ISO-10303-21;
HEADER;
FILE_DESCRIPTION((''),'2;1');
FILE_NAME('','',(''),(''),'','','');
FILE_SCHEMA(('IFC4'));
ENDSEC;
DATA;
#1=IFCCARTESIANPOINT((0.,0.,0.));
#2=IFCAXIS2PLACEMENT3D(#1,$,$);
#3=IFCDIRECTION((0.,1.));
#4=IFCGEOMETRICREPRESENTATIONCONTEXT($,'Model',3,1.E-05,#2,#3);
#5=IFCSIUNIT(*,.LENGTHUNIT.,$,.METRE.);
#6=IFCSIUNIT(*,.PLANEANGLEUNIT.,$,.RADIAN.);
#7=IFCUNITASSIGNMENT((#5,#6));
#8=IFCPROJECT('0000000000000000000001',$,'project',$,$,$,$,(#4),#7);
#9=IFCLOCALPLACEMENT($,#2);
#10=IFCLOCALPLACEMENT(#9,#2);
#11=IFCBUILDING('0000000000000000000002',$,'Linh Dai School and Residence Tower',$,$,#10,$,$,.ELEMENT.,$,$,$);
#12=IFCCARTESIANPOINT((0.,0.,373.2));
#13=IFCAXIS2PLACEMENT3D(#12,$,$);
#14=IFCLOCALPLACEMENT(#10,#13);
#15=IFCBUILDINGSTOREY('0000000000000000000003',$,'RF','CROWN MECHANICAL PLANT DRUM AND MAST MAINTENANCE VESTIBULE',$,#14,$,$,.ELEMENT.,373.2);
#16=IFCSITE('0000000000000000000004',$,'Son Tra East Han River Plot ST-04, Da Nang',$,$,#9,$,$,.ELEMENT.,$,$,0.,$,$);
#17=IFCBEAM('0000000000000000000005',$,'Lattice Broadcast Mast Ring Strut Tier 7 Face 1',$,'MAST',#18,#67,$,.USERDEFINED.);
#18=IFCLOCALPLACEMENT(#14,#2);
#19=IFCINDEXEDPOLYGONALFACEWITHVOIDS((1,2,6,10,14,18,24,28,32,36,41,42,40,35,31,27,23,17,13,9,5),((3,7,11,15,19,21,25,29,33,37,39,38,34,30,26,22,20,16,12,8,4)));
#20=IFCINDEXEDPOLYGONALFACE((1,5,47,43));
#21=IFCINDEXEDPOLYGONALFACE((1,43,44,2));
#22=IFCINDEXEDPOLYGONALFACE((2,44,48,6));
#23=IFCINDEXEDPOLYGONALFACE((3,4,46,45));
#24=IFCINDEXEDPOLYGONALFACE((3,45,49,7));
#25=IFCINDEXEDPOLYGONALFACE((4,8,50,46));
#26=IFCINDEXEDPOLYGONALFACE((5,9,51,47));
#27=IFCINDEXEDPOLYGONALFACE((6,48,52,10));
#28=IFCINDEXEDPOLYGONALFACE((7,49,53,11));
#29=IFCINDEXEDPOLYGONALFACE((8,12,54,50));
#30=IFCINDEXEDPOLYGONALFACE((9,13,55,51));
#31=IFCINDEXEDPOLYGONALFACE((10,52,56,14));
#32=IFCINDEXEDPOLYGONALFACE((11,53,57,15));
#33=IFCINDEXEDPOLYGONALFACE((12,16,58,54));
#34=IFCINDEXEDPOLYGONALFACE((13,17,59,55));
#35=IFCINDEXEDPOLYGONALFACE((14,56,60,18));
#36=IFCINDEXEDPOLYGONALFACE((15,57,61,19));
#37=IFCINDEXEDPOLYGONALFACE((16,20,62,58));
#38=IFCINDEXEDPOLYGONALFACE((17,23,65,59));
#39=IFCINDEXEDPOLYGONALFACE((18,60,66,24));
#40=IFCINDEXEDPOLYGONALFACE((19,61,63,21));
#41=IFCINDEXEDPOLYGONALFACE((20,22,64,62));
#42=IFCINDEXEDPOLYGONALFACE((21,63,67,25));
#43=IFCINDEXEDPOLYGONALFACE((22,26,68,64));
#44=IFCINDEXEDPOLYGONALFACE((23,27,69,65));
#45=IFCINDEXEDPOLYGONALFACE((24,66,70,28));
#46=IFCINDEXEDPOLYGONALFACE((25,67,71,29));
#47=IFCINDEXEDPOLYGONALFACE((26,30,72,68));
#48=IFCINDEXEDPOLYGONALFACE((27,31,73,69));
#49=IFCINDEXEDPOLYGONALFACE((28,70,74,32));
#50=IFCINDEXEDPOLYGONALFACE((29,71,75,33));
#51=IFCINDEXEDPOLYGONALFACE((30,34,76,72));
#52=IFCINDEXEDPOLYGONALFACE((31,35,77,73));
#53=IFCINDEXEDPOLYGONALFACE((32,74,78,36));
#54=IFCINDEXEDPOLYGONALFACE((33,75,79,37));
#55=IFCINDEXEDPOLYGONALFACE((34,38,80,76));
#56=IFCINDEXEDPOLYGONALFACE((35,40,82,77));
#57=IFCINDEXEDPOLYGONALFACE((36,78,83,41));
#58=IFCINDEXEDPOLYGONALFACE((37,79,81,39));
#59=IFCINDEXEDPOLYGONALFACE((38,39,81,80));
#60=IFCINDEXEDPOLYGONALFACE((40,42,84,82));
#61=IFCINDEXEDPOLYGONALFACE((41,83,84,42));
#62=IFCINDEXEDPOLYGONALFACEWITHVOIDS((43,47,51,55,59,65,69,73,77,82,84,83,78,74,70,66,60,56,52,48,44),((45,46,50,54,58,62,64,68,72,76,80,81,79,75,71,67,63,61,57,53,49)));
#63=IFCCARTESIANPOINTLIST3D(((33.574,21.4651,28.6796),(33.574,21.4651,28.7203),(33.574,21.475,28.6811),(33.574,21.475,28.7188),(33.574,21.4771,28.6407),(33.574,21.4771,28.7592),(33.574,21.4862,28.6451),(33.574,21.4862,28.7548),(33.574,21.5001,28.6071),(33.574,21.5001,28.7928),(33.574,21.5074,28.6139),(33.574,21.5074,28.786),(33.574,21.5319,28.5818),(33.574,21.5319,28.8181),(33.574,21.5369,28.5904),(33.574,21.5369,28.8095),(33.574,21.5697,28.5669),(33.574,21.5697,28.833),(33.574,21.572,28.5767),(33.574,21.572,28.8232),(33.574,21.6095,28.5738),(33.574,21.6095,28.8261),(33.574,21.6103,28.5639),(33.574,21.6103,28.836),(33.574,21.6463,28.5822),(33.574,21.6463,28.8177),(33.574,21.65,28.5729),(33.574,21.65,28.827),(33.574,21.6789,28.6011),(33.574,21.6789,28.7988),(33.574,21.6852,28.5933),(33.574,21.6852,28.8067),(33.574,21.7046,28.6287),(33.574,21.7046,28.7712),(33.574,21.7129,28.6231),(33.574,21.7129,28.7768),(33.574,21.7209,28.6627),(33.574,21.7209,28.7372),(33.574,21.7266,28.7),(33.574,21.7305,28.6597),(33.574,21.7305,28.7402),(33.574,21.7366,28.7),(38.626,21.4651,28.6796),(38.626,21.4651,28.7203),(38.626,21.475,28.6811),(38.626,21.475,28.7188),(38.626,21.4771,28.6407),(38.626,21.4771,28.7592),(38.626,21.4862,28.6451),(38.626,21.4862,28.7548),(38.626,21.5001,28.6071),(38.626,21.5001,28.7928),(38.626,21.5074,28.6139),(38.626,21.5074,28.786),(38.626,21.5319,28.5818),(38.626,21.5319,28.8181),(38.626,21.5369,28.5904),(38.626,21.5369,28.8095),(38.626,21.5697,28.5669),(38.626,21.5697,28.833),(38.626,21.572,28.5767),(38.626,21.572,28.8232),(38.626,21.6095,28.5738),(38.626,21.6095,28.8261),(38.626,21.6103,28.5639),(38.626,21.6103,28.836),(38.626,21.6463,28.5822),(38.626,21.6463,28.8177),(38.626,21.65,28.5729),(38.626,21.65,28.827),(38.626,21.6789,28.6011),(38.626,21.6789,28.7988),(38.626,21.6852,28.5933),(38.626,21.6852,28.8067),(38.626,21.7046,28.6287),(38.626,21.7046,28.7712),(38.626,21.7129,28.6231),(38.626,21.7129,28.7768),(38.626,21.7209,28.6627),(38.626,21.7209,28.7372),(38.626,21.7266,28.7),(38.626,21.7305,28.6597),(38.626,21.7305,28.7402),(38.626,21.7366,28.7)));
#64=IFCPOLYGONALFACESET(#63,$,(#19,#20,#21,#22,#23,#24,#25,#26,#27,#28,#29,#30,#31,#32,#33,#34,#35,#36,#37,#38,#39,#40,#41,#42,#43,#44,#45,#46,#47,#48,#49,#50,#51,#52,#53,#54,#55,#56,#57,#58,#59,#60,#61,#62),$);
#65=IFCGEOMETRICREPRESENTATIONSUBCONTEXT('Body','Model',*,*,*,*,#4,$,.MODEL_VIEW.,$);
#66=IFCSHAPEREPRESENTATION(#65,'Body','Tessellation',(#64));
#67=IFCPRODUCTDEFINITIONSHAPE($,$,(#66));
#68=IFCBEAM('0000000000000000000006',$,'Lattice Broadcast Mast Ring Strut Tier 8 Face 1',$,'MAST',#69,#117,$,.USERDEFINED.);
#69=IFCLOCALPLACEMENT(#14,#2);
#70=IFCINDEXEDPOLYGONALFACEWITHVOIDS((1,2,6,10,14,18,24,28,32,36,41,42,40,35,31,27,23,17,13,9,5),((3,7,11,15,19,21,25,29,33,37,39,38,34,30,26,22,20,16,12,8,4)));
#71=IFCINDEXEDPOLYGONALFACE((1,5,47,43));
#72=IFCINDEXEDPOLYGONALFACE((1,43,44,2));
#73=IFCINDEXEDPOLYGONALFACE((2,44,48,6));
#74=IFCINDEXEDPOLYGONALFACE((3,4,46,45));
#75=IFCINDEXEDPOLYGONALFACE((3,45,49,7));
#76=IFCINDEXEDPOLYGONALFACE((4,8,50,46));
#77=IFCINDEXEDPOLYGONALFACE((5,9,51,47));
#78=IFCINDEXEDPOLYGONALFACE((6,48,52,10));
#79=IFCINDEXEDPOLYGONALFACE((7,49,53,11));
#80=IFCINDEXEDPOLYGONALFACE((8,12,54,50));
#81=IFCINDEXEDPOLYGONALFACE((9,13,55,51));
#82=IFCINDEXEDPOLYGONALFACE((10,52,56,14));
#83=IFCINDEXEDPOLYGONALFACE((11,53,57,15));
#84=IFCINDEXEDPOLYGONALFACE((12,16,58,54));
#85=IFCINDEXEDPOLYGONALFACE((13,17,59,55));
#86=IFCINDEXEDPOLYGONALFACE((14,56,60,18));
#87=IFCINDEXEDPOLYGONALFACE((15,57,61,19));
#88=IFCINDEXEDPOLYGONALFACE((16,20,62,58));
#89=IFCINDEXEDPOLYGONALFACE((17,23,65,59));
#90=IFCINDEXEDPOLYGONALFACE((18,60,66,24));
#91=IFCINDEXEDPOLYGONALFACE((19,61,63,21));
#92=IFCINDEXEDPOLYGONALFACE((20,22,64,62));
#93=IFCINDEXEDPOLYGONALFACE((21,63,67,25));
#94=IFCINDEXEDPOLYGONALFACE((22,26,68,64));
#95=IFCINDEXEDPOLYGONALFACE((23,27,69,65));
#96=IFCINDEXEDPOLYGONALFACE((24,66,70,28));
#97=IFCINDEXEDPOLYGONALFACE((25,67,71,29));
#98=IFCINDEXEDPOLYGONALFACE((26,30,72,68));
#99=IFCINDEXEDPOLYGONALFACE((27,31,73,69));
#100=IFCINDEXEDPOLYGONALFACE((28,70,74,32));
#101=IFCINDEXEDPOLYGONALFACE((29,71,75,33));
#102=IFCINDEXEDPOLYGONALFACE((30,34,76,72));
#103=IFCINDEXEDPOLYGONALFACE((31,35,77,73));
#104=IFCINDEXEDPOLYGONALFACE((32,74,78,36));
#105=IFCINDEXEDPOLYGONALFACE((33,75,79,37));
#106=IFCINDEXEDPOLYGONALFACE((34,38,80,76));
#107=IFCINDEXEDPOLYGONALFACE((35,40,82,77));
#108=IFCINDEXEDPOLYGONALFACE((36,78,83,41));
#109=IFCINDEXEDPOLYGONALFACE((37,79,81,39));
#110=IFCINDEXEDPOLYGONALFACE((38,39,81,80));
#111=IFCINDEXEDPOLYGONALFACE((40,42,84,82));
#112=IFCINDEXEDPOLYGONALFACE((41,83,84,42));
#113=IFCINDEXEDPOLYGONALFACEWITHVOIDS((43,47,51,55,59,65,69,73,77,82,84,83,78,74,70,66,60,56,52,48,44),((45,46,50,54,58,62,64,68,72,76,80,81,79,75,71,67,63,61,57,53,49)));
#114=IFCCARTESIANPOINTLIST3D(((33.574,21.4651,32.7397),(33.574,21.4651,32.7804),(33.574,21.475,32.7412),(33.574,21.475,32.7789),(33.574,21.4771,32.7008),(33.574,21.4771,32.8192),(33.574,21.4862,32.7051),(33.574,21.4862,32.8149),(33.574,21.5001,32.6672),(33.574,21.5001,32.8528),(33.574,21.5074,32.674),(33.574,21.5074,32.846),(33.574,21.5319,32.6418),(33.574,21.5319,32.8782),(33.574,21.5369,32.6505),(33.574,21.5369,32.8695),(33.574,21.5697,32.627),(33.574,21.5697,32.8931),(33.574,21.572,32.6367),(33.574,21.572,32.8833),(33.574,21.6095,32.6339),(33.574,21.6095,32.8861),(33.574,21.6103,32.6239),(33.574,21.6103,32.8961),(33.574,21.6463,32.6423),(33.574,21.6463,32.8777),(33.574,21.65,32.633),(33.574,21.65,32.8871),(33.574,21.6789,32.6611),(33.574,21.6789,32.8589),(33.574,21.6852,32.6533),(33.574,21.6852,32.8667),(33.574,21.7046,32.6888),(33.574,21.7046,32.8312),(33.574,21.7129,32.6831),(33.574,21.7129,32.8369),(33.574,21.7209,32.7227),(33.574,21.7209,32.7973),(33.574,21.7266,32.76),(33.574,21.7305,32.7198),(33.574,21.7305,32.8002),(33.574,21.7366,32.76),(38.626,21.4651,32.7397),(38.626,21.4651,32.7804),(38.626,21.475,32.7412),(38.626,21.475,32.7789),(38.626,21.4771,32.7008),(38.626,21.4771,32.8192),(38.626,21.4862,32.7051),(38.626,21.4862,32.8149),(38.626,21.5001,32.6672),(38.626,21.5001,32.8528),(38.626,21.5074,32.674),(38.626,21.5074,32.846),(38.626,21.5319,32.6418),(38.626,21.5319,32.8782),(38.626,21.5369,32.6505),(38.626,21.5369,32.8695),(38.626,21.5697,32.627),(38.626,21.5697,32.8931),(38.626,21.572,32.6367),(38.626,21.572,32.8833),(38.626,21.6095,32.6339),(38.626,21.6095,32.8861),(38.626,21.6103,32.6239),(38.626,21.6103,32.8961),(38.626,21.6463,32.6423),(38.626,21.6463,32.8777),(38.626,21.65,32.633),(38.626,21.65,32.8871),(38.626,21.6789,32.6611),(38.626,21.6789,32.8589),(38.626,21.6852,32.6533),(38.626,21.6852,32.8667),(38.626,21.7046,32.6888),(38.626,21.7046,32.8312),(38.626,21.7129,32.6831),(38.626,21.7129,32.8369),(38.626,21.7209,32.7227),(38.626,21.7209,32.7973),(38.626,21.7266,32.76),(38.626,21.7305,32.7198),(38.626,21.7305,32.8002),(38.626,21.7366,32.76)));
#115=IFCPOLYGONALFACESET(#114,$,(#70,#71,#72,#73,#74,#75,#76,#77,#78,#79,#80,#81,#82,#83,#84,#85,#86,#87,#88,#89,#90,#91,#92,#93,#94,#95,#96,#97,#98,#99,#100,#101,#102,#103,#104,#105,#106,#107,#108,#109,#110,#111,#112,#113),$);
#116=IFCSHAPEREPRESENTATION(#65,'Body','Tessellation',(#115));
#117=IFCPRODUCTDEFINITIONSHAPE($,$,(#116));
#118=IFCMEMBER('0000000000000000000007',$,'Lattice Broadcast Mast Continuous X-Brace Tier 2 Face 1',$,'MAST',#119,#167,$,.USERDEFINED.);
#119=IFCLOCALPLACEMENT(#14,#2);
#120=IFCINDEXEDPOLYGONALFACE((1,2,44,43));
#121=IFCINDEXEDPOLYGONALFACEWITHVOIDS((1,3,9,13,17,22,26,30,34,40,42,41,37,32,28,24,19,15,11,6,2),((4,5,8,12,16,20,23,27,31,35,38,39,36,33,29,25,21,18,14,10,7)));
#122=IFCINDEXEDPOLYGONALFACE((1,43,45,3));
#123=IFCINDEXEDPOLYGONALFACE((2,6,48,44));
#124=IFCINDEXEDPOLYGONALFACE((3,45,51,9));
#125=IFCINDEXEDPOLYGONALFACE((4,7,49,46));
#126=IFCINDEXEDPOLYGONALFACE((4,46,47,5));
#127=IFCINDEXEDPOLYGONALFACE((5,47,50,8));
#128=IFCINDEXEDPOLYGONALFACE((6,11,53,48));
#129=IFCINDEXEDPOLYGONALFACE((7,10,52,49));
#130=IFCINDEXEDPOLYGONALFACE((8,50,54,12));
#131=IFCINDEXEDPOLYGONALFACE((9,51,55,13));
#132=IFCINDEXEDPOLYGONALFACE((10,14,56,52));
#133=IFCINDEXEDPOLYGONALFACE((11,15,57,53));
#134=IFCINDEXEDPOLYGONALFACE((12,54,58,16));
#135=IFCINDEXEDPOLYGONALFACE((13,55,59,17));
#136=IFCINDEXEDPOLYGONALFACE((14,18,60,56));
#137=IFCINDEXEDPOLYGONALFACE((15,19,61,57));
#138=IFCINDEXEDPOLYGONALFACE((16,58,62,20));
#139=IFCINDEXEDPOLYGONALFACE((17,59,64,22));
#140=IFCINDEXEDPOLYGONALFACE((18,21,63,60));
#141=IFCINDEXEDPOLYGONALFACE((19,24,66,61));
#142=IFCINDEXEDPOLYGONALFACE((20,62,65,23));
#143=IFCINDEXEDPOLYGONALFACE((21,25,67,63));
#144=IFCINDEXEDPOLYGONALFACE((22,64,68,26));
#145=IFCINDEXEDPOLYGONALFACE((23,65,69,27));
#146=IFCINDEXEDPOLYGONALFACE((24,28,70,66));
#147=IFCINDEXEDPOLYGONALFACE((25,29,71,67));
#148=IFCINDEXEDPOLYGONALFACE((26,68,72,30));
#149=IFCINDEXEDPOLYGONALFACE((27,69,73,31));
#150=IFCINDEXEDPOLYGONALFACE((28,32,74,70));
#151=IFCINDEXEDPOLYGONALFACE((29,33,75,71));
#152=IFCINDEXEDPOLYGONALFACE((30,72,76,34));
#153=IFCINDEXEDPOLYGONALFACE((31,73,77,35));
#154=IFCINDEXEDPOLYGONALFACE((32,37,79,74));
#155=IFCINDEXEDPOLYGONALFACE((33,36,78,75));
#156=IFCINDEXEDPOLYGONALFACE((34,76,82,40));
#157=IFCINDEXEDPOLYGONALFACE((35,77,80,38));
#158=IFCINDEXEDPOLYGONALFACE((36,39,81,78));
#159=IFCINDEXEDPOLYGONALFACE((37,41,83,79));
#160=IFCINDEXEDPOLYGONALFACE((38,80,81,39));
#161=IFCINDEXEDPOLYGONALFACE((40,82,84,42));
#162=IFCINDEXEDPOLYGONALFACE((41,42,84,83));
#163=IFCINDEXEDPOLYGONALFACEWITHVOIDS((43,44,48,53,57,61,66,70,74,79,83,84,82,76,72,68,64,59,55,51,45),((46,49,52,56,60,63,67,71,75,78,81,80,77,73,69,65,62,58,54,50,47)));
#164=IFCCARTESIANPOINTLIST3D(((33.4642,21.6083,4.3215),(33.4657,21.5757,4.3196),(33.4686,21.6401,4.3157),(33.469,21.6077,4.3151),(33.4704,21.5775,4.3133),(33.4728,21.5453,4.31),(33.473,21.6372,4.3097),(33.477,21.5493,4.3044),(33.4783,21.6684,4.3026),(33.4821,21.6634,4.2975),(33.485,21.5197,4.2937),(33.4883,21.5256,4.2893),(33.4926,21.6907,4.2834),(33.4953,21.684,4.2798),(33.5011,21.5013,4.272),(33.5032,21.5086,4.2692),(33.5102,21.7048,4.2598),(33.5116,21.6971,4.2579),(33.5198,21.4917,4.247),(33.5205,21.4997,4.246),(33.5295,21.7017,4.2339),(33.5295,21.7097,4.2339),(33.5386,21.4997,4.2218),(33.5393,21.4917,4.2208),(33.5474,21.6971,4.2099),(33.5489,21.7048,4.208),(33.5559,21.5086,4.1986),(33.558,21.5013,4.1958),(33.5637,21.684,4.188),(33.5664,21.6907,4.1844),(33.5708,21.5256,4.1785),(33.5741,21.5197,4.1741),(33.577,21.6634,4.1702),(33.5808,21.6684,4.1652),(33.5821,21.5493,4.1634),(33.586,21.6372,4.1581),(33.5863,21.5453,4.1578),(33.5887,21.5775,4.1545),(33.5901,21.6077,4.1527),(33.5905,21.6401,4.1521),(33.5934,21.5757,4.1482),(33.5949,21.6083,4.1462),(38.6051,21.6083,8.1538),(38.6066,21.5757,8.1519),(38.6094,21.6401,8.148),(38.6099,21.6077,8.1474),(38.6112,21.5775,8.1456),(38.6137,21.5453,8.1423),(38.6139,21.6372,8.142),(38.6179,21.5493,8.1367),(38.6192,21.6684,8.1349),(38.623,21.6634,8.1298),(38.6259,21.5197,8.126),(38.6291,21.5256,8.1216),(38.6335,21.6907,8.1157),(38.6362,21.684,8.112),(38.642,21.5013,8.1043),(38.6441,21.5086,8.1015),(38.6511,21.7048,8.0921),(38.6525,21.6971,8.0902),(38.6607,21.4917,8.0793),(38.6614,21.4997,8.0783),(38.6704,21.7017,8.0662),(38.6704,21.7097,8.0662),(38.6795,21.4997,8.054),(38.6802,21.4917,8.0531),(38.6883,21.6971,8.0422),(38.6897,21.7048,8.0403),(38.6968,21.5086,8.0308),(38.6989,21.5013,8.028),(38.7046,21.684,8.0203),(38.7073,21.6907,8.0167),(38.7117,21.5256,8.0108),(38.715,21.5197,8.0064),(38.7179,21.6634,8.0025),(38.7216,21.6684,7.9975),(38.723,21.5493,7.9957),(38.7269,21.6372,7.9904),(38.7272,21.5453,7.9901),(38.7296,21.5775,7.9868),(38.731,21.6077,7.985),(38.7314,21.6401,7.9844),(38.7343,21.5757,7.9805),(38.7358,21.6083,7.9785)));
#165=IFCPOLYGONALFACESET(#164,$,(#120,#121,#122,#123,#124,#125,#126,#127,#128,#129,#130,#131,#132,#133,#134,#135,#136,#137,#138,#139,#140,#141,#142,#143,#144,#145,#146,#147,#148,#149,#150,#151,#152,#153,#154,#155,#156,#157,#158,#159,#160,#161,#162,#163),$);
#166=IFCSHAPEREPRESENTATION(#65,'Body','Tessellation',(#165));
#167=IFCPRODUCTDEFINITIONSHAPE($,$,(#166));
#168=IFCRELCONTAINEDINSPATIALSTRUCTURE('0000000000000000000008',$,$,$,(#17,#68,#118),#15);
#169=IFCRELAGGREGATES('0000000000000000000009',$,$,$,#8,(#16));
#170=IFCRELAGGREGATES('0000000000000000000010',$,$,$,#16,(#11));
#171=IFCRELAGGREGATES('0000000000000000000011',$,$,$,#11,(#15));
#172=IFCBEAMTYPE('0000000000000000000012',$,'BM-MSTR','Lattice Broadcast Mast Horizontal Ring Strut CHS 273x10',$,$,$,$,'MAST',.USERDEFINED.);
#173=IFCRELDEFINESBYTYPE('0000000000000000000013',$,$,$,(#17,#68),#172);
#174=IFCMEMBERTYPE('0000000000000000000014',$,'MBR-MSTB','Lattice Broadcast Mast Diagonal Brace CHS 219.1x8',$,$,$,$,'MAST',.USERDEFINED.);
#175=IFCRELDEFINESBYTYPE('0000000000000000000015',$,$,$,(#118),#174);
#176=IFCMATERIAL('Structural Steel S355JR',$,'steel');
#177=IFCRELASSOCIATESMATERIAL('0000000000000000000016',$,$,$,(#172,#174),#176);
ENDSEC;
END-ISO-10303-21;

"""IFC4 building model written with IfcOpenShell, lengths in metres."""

from ifc_helpers import new_model, si_unit, direction, frame, origin, origin_2d, place, context, subcontext, project, spatial, hollow_circle, extrude, material, material_profile, profile_set, type_object, element, save


model = new_model("IFC4")

# Units and contexts
model_context = context("Model", 3, precision=1e-05, world=origin(), true_north=direction((0.0, 1.0)))
body_context = subcontext(model_context, "Body", "Model", "MODEL_VIEW")
ifc_project = project(units=[si_unit("LENGTHUNIT", "METRE"), si_unit("PLANEANGLEUNIT", "RADIAN")], contexts=[model_context])

# Site, building, storey
site_placement = place(None, origin())
site = spatial("IfcSite", under=ifc_project, at=site_placement, Name="Son Tra East Han River Plot ST-04, Da Nang", CompositionType="ELEMENT", RefElevation=0.0)
building_placement = place(site_placement, origin())
building = spatial("IfcBuilding", under=site, at=building_placement, Name="Linh Dai School and Residence Tower", CompositionType="ELEMENT")
storey_placement = place(building_placement, frame((0.0, 0.0, 373.2)))
storey = spatial("IfcBuildingStorey", under=building, at=storey_placement, Name="RF", Description="CROWN MECHANICAL PLANT DRUM AND MAST MAINTENANCE VESTIBULE", CompositionType="ELEMENT", Elevation=373.2)

# Beams
ifc_material_1 = material(Name="Structural Steel S355JR", Category="steel")
ifc_material_profile_1 = material_profile(ifc_material_1, hollow_circle(Radius=0.1365, WallThickness=0.01, at=origin_2d()), Name="CHS 273x10")
ifc_profile_set_1 = profile_set([ifc_material_profile_1], Name="Structural Steel S355JR")
beam_type = type_object("IfcBeamType", Name="BM-MSTR", Description="Lattice Broadcast Mast Horizontal Ring Strut CHS 273x10", ElementType="MAST", PredefinedType="USERDEFINED", material=ifc_profile_set_1)
for number, where, z_axis, x_axis, name in (
    (1, (33.574, 21.6001, 28.7), (1.0, 0.0, 0.0), (0.0, 1.0, 0.0), "Lattice Broadcast Mast Ring Strut Tier 7 Face 1"),
    (2, (33.574, 21.6001, 32.76), (1.0, 0.0, 0.0), (0.0, 1.0, 0.0), "Lattice Broadcast Mast Ring Strut Tier 8 Face 1"),
):
    element("IfcBeam", number, at=place(storey_placement, frame(where, z_axis=z_axis, x_axis=x_axis)), inside=storey, type_object=beam_type, Name=name, ObjectType="MAST", PredefinedType="USERDEFINED", context=body_context, shape_type="SweptSolid", body=[
        extrude(hollow_circle(Radius=0.1365, WallThickness=0.01, at=origin_2d()), origin(), (0.0, 0.0, 1.0), 5.052),
    ])

# Member
ifc_material_profile_2 = material_profile(ifc_material_1, hollow_circle(Radius=0.1096, WallThickness=0.0081, at=origin_2d()), Name="CHS 219.1x8")
ifc_profile_set_2 = profile_set([ifc_material_profile_2], Name="Structural Steel S355JR")
member_type = type_object("IfcMemberType", Name="MBR-MSTB", Description="Lattice Broadcast Mast Diagonal Brace CHS 219.1x8", ElementType="MAST", PredefinedType="USERDEFINED", material=ifc_profile_set_2)
member_1_placement = place(storey_placement, frame((33.5295, 21.6001, 4.2339), z_axis=(0.801747, 0.0, 0.597664), x_axis=(0.0, 1.0, 0.0)))
element("IfcMember", 3, at=member_1_placement, inside=storey, type_object=member_type, Name="Lattice Broadcast Mast Continuous X-Brace Tier 2 Face 1", ObjectType="MAST", PredefinedType="USERDEFINED", context=body_context, shape_type="SweptSolid", body=[
    extrude(hollow_circle(Radius=0.1096, WallThickness=0.0081, at=origin_2d()), origin(), (0.0, 0.0, 1.0), 6.4121),
])

save(model, "model.ifc")
